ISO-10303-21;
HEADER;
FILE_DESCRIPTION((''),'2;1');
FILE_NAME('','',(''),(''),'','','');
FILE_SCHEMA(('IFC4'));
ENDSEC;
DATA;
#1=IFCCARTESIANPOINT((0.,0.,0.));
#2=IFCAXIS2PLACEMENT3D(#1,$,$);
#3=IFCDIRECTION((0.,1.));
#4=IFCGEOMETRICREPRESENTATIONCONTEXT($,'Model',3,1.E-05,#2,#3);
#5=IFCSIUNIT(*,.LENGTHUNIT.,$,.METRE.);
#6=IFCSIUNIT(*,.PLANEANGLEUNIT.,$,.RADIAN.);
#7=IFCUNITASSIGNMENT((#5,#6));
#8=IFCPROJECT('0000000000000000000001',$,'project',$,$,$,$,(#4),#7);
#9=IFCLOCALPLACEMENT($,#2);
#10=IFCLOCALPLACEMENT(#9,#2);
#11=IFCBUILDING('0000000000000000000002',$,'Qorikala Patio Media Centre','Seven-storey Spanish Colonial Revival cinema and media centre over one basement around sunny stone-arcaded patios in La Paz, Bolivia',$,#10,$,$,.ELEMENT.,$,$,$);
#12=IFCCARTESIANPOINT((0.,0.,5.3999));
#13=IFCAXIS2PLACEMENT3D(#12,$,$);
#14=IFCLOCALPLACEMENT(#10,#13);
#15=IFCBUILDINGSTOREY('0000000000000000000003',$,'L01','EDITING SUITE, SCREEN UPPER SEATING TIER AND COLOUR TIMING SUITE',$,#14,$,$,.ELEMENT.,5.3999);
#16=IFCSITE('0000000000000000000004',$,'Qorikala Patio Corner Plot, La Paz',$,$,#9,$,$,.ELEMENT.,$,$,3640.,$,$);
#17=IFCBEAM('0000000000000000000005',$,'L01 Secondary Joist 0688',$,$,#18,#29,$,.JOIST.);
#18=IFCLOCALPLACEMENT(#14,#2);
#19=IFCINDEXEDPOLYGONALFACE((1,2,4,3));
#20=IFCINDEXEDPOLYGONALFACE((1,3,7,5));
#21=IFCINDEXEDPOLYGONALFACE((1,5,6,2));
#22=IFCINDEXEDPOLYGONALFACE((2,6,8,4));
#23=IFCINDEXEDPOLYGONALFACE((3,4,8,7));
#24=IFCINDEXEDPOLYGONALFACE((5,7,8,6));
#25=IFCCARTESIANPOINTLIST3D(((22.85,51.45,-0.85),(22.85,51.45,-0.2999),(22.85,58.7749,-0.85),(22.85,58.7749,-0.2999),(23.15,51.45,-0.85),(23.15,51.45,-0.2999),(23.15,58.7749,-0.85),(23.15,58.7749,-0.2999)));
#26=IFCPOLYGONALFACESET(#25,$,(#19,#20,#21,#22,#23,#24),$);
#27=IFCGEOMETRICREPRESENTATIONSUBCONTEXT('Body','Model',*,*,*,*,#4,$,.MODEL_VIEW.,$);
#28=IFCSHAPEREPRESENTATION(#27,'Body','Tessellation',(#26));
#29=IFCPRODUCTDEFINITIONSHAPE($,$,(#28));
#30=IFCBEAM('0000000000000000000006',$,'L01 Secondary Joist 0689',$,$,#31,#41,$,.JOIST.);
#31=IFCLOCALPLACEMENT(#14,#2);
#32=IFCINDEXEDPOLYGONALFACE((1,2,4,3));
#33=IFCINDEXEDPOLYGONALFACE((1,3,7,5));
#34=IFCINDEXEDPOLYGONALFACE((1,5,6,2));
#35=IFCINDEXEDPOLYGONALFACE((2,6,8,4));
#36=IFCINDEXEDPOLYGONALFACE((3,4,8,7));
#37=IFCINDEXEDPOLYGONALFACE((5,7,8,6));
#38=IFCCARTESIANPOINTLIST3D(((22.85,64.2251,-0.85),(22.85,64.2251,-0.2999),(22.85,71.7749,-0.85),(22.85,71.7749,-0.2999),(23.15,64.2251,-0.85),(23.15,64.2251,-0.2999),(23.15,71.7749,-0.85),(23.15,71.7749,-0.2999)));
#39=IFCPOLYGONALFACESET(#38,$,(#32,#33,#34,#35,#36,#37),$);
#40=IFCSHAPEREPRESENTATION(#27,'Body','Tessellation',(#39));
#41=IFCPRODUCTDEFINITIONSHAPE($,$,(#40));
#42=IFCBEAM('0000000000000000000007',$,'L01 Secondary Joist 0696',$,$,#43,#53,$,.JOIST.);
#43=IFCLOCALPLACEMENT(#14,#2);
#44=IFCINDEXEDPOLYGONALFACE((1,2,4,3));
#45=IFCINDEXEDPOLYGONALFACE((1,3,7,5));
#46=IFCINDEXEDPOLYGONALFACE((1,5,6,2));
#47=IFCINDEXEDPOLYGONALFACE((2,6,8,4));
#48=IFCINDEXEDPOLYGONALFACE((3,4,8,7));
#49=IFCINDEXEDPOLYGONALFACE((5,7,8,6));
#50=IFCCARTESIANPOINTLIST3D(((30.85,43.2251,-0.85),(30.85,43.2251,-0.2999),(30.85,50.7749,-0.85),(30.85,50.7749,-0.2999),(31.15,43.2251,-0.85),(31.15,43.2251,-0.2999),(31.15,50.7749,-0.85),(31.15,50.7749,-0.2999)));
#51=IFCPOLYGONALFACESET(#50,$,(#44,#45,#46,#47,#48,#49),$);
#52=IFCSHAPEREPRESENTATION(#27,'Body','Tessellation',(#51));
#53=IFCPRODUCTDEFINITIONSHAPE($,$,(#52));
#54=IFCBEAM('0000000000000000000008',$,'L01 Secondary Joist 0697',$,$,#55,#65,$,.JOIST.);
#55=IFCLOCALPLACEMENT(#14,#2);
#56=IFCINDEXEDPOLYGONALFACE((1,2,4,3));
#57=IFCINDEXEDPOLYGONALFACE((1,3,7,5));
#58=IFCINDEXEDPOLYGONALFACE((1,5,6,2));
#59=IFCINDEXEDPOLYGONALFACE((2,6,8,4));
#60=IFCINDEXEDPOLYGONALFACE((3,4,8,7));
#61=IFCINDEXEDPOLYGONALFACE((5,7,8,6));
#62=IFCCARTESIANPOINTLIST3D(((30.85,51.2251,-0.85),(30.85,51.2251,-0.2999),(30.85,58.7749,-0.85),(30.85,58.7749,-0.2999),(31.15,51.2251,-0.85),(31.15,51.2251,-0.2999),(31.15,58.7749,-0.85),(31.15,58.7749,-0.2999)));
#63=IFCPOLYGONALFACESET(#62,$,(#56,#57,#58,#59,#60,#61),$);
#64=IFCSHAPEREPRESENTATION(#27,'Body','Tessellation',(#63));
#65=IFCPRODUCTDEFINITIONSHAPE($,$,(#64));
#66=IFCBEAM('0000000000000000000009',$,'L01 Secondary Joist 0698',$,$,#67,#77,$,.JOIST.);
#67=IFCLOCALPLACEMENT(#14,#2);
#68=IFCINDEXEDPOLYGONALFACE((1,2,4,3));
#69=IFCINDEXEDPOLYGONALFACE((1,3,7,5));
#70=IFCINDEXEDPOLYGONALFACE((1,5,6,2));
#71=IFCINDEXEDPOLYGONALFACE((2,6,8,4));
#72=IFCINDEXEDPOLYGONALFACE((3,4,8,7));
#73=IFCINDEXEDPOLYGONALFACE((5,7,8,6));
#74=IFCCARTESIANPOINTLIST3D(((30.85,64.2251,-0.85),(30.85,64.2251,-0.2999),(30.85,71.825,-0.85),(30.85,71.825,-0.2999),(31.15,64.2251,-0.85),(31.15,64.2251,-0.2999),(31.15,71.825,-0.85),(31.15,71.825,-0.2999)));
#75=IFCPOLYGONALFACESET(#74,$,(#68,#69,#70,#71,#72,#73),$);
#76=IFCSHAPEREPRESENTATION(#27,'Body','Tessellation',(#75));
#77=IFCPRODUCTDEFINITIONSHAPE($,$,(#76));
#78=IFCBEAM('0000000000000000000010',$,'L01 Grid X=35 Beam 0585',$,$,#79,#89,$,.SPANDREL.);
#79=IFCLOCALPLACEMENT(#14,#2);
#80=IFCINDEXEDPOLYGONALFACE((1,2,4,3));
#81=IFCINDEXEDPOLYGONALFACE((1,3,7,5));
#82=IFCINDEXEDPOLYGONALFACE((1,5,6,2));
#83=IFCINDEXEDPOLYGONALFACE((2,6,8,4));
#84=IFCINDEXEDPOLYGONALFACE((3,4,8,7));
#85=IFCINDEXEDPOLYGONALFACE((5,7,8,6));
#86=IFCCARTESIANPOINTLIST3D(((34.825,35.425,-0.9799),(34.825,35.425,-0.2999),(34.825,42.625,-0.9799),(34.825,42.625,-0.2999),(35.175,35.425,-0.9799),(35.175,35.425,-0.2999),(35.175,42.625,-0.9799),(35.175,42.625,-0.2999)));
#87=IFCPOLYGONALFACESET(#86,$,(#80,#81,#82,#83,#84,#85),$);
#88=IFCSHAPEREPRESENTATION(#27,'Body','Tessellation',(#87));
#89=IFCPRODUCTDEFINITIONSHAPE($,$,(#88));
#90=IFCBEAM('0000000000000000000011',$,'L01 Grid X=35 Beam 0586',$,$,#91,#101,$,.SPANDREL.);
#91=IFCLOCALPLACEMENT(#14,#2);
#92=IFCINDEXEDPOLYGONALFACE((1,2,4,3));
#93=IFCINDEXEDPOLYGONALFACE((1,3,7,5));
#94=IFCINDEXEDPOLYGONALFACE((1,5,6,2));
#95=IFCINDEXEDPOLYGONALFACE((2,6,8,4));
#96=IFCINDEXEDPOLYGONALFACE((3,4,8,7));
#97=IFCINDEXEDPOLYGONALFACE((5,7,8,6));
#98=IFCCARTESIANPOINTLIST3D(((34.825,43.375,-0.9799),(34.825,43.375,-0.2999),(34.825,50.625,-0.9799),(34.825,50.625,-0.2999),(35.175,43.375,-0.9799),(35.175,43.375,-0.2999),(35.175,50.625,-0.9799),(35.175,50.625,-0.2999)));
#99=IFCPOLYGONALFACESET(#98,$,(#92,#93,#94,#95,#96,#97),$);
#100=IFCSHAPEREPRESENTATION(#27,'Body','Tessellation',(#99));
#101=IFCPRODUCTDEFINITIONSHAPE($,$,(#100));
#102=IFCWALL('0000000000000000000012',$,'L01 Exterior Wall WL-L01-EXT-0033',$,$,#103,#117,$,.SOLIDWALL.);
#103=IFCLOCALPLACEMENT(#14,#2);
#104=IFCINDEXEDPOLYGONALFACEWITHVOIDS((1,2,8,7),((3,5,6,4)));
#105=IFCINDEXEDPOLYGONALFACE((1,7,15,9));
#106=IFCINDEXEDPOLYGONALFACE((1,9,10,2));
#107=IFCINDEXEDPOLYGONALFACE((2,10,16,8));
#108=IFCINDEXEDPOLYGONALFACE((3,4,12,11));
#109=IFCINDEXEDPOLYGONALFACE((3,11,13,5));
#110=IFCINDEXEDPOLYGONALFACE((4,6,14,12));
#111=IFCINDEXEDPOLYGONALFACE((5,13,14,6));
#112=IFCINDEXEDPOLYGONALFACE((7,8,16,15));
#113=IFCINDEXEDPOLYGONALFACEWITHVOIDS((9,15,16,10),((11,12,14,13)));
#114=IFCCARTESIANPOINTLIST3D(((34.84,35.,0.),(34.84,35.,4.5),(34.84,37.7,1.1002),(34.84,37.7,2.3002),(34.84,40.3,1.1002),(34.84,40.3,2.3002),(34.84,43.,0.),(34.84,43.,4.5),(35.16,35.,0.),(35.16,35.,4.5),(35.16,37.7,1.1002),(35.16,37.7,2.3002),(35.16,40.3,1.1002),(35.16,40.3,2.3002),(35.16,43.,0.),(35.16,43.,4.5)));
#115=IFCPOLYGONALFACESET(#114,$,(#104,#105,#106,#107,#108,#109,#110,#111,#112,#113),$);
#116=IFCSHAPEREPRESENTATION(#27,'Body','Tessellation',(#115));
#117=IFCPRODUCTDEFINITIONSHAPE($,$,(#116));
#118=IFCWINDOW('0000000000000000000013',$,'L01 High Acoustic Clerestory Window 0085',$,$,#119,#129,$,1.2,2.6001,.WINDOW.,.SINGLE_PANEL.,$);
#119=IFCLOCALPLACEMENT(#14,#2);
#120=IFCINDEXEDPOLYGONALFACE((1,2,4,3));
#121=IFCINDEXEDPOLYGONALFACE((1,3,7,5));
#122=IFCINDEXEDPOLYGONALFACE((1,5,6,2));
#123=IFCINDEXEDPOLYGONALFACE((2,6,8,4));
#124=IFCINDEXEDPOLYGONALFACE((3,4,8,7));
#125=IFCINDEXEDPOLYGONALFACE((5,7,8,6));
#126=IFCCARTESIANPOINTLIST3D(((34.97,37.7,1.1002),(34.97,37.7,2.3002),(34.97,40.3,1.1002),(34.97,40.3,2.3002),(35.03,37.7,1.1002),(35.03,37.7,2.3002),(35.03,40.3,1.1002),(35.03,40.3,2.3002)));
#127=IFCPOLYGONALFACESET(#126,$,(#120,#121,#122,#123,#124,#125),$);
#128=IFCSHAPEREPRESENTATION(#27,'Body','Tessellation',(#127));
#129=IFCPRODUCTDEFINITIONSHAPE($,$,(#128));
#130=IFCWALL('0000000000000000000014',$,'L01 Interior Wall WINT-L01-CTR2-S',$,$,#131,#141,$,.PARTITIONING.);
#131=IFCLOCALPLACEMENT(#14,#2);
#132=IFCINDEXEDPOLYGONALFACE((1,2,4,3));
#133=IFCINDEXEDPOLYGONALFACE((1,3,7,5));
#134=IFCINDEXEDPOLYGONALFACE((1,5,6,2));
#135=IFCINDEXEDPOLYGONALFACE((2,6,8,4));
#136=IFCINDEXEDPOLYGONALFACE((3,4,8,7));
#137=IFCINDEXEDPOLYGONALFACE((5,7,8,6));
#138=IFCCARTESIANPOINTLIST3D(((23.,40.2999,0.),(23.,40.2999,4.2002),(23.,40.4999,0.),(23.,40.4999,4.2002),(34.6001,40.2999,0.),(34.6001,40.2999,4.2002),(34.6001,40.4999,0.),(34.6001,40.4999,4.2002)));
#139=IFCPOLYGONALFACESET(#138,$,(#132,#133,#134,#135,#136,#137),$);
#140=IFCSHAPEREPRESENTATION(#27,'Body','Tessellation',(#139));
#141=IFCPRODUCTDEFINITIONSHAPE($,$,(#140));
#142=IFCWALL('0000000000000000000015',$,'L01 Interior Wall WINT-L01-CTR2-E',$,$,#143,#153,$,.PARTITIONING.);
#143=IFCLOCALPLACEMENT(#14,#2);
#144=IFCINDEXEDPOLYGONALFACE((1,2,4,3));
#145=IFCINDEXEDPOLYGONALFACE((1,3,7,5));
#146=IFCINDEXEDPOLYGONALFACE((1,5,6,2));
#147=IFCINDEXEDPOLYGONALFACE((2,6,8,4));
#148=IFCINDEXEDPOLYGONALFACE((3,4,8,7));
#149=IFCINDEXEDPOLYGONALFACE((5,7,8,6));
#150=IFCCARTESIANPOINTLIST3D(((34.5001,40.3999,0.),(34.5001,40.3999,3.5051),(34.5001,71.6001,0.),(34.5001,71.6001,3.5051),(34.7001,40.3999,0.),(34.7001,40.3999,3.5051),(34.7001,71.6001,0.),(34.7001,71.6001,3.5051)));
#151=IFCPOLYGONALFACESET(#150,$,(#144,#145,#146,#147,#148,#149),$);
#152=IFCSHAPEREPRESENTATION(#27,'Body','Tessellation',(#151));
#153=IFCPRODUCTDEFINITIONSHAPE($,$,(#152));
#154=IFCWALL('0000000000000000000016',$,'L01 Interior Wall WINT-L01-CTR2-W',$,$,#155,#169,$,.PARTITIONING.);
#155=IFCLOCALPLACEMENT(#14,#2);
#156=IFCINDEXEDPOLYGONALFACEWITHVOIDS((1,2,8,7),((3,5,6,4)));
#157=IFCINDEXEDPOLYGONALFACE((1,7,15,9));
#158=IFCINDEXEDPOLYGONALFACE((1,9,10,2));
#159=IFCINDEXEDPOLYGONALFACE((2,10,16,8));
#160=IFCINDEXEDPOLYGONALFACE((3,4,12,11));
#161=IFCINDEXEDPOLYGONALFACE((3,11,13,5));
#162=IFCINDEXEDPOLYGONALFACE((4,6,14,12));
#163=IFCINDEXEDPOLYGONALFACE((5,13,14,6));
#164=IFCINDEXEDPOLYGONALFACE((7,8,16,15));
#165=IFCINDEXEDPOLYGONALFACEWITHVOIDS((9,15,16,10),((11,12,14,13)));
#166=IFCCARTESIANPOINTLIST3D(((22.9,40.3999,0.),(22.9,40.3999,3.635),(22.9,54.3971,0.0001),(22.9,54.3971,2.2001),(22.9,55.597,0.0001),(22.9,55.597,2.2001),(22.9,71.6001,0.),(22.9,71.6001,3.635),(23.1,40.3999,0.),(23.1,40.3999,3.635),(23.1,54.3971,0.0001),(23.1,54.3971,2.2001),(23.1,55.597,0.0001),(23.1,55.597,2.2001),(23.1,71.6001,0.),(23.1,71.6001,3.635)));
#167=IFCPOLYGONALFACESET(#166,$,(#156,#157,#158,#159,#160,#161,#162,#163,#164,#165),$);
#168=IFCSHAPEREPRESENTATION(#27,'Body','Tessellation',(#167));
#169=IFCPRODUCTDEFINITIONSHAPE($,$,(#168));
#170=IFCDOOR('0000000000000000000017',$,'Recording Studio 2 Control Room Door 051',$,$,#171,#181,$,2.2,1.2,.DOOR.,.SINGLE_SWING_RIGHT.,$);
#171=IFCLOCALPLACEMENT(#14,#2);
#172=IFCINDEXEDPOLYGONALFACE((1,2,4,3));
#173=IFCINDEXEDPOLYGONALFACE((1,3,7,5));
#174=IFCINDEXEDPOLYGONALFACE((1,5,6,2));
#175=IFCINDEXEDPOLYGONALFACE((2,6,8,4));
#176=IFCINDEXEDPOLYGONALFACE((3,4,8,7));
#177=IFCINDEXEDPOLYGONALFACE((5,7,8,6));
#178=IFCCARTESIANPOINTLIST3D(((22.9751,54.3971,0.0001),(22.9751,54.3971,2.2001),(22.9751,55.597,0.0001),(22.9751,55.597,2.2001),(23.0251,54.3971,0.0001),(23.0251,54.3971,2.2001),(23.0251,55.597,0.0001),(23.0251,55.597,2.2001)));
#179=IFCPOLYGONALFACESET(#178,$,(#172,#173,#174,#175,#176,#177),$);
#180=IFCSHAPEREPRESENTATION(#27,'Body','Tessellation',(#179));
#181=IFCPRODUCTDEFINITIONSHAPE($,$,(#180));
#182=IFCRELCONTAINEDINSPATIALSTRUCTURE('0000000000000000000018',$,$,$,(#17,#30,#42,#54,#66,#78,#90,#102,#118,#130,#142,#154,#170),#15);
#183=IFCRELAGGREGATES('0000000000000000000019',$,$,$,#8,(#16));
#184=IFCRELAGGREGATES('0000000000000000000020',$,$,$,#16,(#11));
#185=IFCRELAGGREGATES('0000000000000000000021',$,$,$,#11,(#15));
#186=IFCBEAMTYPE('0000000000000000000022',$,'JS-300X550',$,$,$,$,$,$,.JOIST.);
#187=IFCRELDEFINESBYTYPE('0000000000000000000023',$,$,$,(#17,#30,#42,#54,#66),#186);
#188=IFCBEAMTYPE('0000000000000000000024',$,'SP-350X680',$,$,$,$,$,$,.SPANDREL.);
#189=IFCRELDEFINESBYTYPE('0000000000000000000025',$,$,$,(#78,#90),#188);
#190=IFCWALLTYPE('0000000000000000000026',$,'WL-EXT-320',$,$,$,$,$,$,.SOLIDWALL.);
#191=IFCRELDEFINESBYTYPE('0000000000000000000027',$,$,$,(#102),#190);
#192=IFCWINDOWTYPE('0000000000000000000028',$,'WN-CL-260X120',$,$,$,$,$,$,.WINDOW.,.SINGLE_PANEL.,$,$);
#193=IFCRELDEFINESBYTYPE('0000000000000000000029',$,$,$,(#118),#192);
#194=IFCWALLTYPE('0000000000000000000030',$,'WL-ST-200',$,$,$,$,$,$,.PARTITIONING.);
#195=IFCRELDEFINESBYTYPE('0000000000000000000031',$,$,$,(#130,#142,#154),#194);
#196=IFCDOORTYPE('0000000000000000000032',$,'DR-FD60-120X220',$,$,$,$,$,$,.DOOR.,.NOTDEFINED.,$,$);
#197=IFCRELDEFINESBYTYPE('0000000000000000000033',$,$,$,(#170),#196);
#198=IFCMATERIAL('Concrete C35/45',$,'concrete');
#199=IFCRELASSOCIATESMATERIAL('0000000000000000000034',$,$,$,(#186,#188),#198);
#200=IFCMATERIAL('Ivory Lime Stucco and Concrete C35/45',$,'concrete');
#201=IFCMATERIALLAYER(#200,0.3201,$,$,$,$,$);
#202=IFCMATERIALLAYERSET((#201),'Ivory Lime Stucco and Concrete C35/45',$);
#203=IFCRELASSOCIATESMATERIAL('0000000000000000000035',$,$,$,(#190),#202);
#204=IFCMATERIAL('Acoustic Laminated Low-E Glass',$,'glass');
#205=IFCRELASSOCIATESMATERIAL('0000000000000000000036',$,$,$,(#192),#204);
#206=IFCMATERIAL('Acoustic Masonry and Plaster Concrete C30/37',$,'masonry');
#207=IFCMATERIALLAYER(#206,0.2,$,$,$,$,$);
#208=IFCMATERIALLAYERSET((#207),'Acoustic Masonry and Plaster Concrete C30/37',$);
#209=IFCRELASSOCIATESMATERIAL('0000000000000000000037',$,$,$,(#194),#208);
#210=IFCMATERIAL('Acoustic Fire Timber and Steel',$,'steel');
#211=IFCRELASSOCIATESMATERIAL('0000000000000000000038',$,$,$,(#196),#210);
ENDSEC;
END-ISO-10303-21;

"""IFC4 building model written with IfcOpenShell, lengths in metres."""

from ifc_helpers import new_model, si_unit, direction, frame, frame_2d, origin, origin_2d, place, context, subcontext, project, spatial, rectangle, extrude, material, layer, layer_set, material_profile, profile_set, type_object, element, fill, save


model = new_model("IFC4")

# Units and contexts
model_context = context("Model", 3, precision=1e-05, world=origin(), true_north=direction((0.0, 1.0)))
body_context = subcontext(model_context, "Body", "Model", "MODEL_VIEW")
ifc_project = project(units=[si_unit("LENGTHUNIT", "METRE"), si_unit("PLANEANGLEUNIT", "RADIAN")], contexts=[model_context])

# Site, building, storey
site_placement = place(None, origin())
site = spatial("IfcSite", under=ifc_project, at=site_placement, Name="Qorikala Patio Corner Plot, La Paz", CompositionType="ELEMENT", RefElevation=3640.0)
building_placement = place(site_placement, origin())
building = spatial("IfcBuilding", under=site, at=building_placement, Name="Qorikala Patio Media Centre", Description="Seven-storey Spanish Colonial Revival cinema and media centre over one basement around sunny stone-arcaded patios in La Paz, Bolivia", CompositionType="ELEMENT")
storey_placement = place(building_placement, frame((0.0, 0.0, 5.3999)))
storey = spatial("IfcBuildingStorey", under=building, at=storey_placement, Name="L01", Description="EDITING SUITE, SCREEN UPPER SEATING TIER AND COLOUR TIMING SUITE", CompositionType="ELEMENT", Elevation=5.3999)

# Shared definitions
ifc_material_1 = material(Name="Concrete C35/45", Category="concrete")

# Beams
ifc_material_profile_1 = material_profile(ifc_material_1, rectangle(XDim=0.3, YDim=0.55, at=origin_2d()), Name="RC 300x550")
ifc_profile_set_1 = profile_set([ifc_material_profile_1], Name="Concrete C35/45")
beam_type_1 = type_object("IfcBeamType", Name="JS-300X550", PredefinedType="JOIST", material=ifc_profile_set_1)
for number, where, z_axis, x_axis, name in (
    (1, (23.0, 51.45, -0.575), (0.0, 1.0, 0.0), (-1.0, 0.0, 0.0), "L01 Secondary Joist 0688"),
):
    element("IfcBeam", number, at=place(storey_placement, frame(where, z_axis=z_axis, x_axis=x_axis)), inside=storey, type_object=beam_type_1, Name=name, PredefinedType="JOIST", context=body_context, shape_type="SweptSolid", body=[
        extrude(rectangle(XDim=0.3, YDim=0.55, at=origin_2d()), origin(), (0.0, 0.0, 1.0), 7.325),
    ])
for number, where, z_axis, x_axis, name in (
    (2, (23.0, 64.2251, -0.575), (0.0, 1.0, 0.0), (-1.0, 0.0, 0.0), "L01 Secondary Joist 0689"),
    (3, (31.0, 43.2251, -0.575), (0.0, 1.0, 0.0), (-1.0, 0.0, 0.0), "L01 Secondary Joist 0696"),
    (4, (31.0, 51.2251, -0.575), (0.0, 1.0, 0.0), (-1.0, 0.0, 0.0), "L01 Secondary Joist 0697"),
):
    element("IfcBeam", number, at=place(storey_placement, frame(where, z_axis=z_axis, x_axis=x_axis)), inside=storey, type_object=beam_type_1, Name=name, PredefinedType="JOIST", context=body_context, shape_type="SweptSolid", body=[
        extrude(rectangle(XDim=0.3, YDim=0.55, at=origin_2d()), origin(), (0.0, 0.0, 1.0), 7.5498),
    ])
beam_1_placement = place(storey_placement, frame((31.0, 64.2251, -0.575), z_axis=(0.0, 1.0, 0.0), x_axis=(-1.0, 0.0, 0.0)))
element("IfcBeam", 5, at=beam_1_placement, inside=storey, type_object=beam_type_1, Name="L01 Secondary Joist 0698", PredefinedType="JOIST", context=body_context, shape_type="SweptSolid", body=[
    extrude(rectangle(XDim=0.3, YDim=0.55, at=origin_2d()), origin(), (0.0, 0.0, 1.0), 7.5999),
])
ifc_material_profile_2 = material_profile(ifc_material_1, rectangle(XDim=0.3501, YDim=0.6799, at=origin_2d()), Name="RC 350x680")
ifc_profile_set_2 = profile_set([ifc_material_profile_2], Name="Concrete C35/45")
beam_type_2 = type_object("IfcBeamType", Name="SP-350X680", PredefinedType="SPANDREL", material=ifc_profile_set_2)
beam_2_placement = place(storey_placement, frame((35.0, 35.425, -0.6399), z_axis=(0.0, 1.0, 0.0), x_axis=(-1.0, 0.0, 0.0)))
element("IfcBeam", 6, at=beam_2_placement, inside=storey, type_object=beam_type_2, Name="L01 Grid X=35 Beam 0585", PredefinedType="SPANDREL", context=body_context, shape_type="SweptSolid", body=[
    extrude(rectangle(XDim=0.3501, YDim=0.6799, at=origin_2d()), origin(), (0.0, 0.0, 1.0), 7.2),
])
beam_3_placement = place(storey_placement, frame((35.0, 43.375, -0.6399), z_axis=(0.0, 1.0, 0.0), x_axis=(-1.0, 0.0, 0.0)))
element("IfcBeam", 7, at=beam_3_placement, inside=storey, type_object=beam_type_2, Name="L01 Grid X=35 Beam 0586", PredefinedType="SPANDREL", context=body_context, shape_type="SweptSolid", body=[
    extrude(rectangle(XDim=0.3501, YDim=0.6799, at=origin_2d()), origin(), (0.0, 0.0, 1.0), 7.25),
])

# Wall, opening, window
ifc_material_2 = material(Name="Ivory Lime Stucco and Concrete C35/45", Category="concrete")
ifc_layer_1 = layer(ifc_material_2, 0.3201)
ifc_layer_set_1 = layer_set([ifc_layer_1], Name="Ivory Lime Stucco and Concrete C35/45")
wall_type_1 = type_object("IfcWallType", Name="WL-EXT-320", PredefinedType="SOLIDWALL", material=ifc_layer_set_1)
wall_1_placement = place(storey_placement, frame((35.0, 43.0, 0.0), z_axis=(0.0, 0.0, 1.0), x_axis=(0.0, -1.0, 0.0)))
wall_1 = element("IfcWall", 8, at=wall_1_placement, inside=storey, type_object=wall_type_1, Name="L01 Exterior Wall WL-L01-EXT-0033", PredefinedType="SOLIDWALL", context=body_context, shape_type="SweptSolid", body=[
    extrude(rectangle(XDim=8.0, YDim=0.3201, at=frame_2d((4.0, 0.0))), origin(), (0.0, 0.0, 1.0), 4.5),
])
opening_1_placement = place(wall_1_placement, frame((2.7, 0.0, 1.1001)))
opening_1 = element("IfcOpeningElement", 9, at=opening_1_placement, cuts=wall_1, PredefinedType="OPENING", context=body_context, shape_type="SweptSolid", body=[
    extrude(rectangle(XDim=2.6001, YDim=1.2, at=frame_2d((1.3, 0.6001))), frame((0.0, 0.1699, 0.0), z_axis=(0.0, -1.0, 0.0), x_axis=(1.0, 0.0, 0.0)), (0.0, 0.0, 1.0), 0.3401),
])
ifc_material_3 = material(Name="Acoustic Laminated Low-E Glass", Category="glass")
window_type = type_object("IfcWindowType", Name="WN-CL-260X120", PartitioningType="SINGLE_PANEL", PredefinedType="WINDOW", material=ifc_material_3)
window_placement = place(opening_1_placement, origin())
window = element("IfcWindow", 10, at=window_placement, inside=storey, type_object=window_type, Name="L01 High Acoustic Clerestory Window 0085", OverallHeight=1.2, OverallWidth=2.6001, PartitioningType="SINGLE_PANEL", PredefinedType="WINDOW", context=body_context, shape_type="SweptSolid", body=[
    extrude(rectangle(XDim=2.6001, YDim=1.2, at=frame_2d((1.3, 0.6001))), frame((0.0, 0.03, 0.0), z_axis=(0.0, -1.0, 0.0), x_axis=(1.0, 0.0, 0.0)), (0.0, 0.0, 1.0), 0.0601),
])
fill(opening_1, window)

# Walls
ifc_material_4 = material(Name="Acoustic Masonry and Plaster Concrete C30/37", Category="masonry")
ifc_layer_2 = layer(ifc_material_4, 0.2)
ifc_layer_set_2 = layer_set([ifc_layer_2], Name="Acoustic Masonry and Plaster Concrete C30/37")
wall_type_2 = type_object("IfcWallType", Name="WL-ST-200", PredefinedType="PARTITIONING", material=ifc_layer_set_2)
wall_2_placement = place(storey_placement, frame((23.0, 40.3999, 0.0), z_axis=(0.0, 0.0, 1.0), x_axis=(1.0, 0.0, 0.0)))
element("IfcWall", 11, at=wall_2_placement, inside=storey, type_object=wall_type_2, Name="L01 Interior Wall WINT-L01-CTR2-S", PredefinedType="PARTITIONING", context=body_context, shape_type="SweptSolid", body=[
    extrude(rectangle(XDim=11.6001, YDim=0.2, at=frame_2d((5.8, 0.0))), origin(), (0.0, 0.0, 1.0), 4.2002),
])
wall_3_placement = place(storey_placement, frame((34.6001, 40.3999, 0.0), z_axis=(0.0, 0.0, 1.0), x_axis=(0.0, 1.0, 0.0)))
element("IfcWall", 12, at=wall_3_placement, inside=storey, type_object=wall_type_2, Name="L01 Interior Wall WINT-L01-CTR2-E", PredefinedType="PARTITIONING", context=body_context, shape_type="SweptSolid", body=[
    extrude(rectangle(XDim=31.2002, YDim=0.2, at=frame_2d((15.6001, 0.0))), origin(), (0.0, 0.0, 1.0), 3.5051),
])

# Wall, opening, door
wall_4_placement = place(storey_placement, frame((23.0, 40.3999, 0.0), z_axis=(0.0, 0.0, 1.0), x_axis=(0.0, 1.0, 0.0)))
wall_4 = element("IfcWall", 13, at=wall_4_placement, inside=storey, type_object=wall_type_2, Name="L01 Interior Wall WINT-L01-CTR2-W", PredefinedType="PARTITIONING", context=body_context, shape_type="SweptSolid", body=[
    extrude(rectangle(XDim=31.2002, YDim=0.2, at=frame_2d((15.6001, 0.0))), origin(), (0.0, 0.0, 1.0), 3.635),
])
opening_2_placement = place(wall_4_placement, frame((13.9971, 0.0, 0.0)))
opening_2 = element("IfcOpeningElement", 14, at=opening_2_placement, cuts=wall_4, PredefinedType="OPENING", context=body_context, shape_type="SweptSolid", body=[
    extrude(rectangle(XDim=1.2, YDim=2.2, at=frame_2d((0.6001, 1.1001))), frame((0.0, 0.1099, 0.0), z_axis=(0.0, -1.0, 0.0), x_axis=(1.0, 0.0, 0.0)), (0.0, 0.0, 1.0), 0.22),
])
ifc_material_5 = material(Name="Acoustic Fire Timber and Steel", Category="steel")
door_type = type_object("IfcDoorType", Name="DR-FD60-120X220", OperationType="NOTDEFINED", PredefinedType="DOOR", material=ifc_material_5)
door_placement = place(opening_2_placement, origin())
door = element("IfcDoor", 15, at=door_placement, inside=storey, type_object=door_type, Name="Recording Studio 2 Control Room Door 051", OperationType="SINGLE_SWING_RIGHT", OverallHeight=2.2, OverallWidth=1.2, PredefinedType="DOOR", context=body_context, shape_type="SweptSolid", body=[
    extrude(rectangle(XDim=1.2, YDim=2.2, at=frame_2d((0.6001, 1.1001))), frame((0.0, 0.0249, 0.0), z_axis=(0.0, -1.0, 0.0), x_axis=(1.0, 0.0, 0.0)), (0.0, 0.0, 1.0), 0.05),
])
fill(opening_2, door)

save(model, "model.ifc")
